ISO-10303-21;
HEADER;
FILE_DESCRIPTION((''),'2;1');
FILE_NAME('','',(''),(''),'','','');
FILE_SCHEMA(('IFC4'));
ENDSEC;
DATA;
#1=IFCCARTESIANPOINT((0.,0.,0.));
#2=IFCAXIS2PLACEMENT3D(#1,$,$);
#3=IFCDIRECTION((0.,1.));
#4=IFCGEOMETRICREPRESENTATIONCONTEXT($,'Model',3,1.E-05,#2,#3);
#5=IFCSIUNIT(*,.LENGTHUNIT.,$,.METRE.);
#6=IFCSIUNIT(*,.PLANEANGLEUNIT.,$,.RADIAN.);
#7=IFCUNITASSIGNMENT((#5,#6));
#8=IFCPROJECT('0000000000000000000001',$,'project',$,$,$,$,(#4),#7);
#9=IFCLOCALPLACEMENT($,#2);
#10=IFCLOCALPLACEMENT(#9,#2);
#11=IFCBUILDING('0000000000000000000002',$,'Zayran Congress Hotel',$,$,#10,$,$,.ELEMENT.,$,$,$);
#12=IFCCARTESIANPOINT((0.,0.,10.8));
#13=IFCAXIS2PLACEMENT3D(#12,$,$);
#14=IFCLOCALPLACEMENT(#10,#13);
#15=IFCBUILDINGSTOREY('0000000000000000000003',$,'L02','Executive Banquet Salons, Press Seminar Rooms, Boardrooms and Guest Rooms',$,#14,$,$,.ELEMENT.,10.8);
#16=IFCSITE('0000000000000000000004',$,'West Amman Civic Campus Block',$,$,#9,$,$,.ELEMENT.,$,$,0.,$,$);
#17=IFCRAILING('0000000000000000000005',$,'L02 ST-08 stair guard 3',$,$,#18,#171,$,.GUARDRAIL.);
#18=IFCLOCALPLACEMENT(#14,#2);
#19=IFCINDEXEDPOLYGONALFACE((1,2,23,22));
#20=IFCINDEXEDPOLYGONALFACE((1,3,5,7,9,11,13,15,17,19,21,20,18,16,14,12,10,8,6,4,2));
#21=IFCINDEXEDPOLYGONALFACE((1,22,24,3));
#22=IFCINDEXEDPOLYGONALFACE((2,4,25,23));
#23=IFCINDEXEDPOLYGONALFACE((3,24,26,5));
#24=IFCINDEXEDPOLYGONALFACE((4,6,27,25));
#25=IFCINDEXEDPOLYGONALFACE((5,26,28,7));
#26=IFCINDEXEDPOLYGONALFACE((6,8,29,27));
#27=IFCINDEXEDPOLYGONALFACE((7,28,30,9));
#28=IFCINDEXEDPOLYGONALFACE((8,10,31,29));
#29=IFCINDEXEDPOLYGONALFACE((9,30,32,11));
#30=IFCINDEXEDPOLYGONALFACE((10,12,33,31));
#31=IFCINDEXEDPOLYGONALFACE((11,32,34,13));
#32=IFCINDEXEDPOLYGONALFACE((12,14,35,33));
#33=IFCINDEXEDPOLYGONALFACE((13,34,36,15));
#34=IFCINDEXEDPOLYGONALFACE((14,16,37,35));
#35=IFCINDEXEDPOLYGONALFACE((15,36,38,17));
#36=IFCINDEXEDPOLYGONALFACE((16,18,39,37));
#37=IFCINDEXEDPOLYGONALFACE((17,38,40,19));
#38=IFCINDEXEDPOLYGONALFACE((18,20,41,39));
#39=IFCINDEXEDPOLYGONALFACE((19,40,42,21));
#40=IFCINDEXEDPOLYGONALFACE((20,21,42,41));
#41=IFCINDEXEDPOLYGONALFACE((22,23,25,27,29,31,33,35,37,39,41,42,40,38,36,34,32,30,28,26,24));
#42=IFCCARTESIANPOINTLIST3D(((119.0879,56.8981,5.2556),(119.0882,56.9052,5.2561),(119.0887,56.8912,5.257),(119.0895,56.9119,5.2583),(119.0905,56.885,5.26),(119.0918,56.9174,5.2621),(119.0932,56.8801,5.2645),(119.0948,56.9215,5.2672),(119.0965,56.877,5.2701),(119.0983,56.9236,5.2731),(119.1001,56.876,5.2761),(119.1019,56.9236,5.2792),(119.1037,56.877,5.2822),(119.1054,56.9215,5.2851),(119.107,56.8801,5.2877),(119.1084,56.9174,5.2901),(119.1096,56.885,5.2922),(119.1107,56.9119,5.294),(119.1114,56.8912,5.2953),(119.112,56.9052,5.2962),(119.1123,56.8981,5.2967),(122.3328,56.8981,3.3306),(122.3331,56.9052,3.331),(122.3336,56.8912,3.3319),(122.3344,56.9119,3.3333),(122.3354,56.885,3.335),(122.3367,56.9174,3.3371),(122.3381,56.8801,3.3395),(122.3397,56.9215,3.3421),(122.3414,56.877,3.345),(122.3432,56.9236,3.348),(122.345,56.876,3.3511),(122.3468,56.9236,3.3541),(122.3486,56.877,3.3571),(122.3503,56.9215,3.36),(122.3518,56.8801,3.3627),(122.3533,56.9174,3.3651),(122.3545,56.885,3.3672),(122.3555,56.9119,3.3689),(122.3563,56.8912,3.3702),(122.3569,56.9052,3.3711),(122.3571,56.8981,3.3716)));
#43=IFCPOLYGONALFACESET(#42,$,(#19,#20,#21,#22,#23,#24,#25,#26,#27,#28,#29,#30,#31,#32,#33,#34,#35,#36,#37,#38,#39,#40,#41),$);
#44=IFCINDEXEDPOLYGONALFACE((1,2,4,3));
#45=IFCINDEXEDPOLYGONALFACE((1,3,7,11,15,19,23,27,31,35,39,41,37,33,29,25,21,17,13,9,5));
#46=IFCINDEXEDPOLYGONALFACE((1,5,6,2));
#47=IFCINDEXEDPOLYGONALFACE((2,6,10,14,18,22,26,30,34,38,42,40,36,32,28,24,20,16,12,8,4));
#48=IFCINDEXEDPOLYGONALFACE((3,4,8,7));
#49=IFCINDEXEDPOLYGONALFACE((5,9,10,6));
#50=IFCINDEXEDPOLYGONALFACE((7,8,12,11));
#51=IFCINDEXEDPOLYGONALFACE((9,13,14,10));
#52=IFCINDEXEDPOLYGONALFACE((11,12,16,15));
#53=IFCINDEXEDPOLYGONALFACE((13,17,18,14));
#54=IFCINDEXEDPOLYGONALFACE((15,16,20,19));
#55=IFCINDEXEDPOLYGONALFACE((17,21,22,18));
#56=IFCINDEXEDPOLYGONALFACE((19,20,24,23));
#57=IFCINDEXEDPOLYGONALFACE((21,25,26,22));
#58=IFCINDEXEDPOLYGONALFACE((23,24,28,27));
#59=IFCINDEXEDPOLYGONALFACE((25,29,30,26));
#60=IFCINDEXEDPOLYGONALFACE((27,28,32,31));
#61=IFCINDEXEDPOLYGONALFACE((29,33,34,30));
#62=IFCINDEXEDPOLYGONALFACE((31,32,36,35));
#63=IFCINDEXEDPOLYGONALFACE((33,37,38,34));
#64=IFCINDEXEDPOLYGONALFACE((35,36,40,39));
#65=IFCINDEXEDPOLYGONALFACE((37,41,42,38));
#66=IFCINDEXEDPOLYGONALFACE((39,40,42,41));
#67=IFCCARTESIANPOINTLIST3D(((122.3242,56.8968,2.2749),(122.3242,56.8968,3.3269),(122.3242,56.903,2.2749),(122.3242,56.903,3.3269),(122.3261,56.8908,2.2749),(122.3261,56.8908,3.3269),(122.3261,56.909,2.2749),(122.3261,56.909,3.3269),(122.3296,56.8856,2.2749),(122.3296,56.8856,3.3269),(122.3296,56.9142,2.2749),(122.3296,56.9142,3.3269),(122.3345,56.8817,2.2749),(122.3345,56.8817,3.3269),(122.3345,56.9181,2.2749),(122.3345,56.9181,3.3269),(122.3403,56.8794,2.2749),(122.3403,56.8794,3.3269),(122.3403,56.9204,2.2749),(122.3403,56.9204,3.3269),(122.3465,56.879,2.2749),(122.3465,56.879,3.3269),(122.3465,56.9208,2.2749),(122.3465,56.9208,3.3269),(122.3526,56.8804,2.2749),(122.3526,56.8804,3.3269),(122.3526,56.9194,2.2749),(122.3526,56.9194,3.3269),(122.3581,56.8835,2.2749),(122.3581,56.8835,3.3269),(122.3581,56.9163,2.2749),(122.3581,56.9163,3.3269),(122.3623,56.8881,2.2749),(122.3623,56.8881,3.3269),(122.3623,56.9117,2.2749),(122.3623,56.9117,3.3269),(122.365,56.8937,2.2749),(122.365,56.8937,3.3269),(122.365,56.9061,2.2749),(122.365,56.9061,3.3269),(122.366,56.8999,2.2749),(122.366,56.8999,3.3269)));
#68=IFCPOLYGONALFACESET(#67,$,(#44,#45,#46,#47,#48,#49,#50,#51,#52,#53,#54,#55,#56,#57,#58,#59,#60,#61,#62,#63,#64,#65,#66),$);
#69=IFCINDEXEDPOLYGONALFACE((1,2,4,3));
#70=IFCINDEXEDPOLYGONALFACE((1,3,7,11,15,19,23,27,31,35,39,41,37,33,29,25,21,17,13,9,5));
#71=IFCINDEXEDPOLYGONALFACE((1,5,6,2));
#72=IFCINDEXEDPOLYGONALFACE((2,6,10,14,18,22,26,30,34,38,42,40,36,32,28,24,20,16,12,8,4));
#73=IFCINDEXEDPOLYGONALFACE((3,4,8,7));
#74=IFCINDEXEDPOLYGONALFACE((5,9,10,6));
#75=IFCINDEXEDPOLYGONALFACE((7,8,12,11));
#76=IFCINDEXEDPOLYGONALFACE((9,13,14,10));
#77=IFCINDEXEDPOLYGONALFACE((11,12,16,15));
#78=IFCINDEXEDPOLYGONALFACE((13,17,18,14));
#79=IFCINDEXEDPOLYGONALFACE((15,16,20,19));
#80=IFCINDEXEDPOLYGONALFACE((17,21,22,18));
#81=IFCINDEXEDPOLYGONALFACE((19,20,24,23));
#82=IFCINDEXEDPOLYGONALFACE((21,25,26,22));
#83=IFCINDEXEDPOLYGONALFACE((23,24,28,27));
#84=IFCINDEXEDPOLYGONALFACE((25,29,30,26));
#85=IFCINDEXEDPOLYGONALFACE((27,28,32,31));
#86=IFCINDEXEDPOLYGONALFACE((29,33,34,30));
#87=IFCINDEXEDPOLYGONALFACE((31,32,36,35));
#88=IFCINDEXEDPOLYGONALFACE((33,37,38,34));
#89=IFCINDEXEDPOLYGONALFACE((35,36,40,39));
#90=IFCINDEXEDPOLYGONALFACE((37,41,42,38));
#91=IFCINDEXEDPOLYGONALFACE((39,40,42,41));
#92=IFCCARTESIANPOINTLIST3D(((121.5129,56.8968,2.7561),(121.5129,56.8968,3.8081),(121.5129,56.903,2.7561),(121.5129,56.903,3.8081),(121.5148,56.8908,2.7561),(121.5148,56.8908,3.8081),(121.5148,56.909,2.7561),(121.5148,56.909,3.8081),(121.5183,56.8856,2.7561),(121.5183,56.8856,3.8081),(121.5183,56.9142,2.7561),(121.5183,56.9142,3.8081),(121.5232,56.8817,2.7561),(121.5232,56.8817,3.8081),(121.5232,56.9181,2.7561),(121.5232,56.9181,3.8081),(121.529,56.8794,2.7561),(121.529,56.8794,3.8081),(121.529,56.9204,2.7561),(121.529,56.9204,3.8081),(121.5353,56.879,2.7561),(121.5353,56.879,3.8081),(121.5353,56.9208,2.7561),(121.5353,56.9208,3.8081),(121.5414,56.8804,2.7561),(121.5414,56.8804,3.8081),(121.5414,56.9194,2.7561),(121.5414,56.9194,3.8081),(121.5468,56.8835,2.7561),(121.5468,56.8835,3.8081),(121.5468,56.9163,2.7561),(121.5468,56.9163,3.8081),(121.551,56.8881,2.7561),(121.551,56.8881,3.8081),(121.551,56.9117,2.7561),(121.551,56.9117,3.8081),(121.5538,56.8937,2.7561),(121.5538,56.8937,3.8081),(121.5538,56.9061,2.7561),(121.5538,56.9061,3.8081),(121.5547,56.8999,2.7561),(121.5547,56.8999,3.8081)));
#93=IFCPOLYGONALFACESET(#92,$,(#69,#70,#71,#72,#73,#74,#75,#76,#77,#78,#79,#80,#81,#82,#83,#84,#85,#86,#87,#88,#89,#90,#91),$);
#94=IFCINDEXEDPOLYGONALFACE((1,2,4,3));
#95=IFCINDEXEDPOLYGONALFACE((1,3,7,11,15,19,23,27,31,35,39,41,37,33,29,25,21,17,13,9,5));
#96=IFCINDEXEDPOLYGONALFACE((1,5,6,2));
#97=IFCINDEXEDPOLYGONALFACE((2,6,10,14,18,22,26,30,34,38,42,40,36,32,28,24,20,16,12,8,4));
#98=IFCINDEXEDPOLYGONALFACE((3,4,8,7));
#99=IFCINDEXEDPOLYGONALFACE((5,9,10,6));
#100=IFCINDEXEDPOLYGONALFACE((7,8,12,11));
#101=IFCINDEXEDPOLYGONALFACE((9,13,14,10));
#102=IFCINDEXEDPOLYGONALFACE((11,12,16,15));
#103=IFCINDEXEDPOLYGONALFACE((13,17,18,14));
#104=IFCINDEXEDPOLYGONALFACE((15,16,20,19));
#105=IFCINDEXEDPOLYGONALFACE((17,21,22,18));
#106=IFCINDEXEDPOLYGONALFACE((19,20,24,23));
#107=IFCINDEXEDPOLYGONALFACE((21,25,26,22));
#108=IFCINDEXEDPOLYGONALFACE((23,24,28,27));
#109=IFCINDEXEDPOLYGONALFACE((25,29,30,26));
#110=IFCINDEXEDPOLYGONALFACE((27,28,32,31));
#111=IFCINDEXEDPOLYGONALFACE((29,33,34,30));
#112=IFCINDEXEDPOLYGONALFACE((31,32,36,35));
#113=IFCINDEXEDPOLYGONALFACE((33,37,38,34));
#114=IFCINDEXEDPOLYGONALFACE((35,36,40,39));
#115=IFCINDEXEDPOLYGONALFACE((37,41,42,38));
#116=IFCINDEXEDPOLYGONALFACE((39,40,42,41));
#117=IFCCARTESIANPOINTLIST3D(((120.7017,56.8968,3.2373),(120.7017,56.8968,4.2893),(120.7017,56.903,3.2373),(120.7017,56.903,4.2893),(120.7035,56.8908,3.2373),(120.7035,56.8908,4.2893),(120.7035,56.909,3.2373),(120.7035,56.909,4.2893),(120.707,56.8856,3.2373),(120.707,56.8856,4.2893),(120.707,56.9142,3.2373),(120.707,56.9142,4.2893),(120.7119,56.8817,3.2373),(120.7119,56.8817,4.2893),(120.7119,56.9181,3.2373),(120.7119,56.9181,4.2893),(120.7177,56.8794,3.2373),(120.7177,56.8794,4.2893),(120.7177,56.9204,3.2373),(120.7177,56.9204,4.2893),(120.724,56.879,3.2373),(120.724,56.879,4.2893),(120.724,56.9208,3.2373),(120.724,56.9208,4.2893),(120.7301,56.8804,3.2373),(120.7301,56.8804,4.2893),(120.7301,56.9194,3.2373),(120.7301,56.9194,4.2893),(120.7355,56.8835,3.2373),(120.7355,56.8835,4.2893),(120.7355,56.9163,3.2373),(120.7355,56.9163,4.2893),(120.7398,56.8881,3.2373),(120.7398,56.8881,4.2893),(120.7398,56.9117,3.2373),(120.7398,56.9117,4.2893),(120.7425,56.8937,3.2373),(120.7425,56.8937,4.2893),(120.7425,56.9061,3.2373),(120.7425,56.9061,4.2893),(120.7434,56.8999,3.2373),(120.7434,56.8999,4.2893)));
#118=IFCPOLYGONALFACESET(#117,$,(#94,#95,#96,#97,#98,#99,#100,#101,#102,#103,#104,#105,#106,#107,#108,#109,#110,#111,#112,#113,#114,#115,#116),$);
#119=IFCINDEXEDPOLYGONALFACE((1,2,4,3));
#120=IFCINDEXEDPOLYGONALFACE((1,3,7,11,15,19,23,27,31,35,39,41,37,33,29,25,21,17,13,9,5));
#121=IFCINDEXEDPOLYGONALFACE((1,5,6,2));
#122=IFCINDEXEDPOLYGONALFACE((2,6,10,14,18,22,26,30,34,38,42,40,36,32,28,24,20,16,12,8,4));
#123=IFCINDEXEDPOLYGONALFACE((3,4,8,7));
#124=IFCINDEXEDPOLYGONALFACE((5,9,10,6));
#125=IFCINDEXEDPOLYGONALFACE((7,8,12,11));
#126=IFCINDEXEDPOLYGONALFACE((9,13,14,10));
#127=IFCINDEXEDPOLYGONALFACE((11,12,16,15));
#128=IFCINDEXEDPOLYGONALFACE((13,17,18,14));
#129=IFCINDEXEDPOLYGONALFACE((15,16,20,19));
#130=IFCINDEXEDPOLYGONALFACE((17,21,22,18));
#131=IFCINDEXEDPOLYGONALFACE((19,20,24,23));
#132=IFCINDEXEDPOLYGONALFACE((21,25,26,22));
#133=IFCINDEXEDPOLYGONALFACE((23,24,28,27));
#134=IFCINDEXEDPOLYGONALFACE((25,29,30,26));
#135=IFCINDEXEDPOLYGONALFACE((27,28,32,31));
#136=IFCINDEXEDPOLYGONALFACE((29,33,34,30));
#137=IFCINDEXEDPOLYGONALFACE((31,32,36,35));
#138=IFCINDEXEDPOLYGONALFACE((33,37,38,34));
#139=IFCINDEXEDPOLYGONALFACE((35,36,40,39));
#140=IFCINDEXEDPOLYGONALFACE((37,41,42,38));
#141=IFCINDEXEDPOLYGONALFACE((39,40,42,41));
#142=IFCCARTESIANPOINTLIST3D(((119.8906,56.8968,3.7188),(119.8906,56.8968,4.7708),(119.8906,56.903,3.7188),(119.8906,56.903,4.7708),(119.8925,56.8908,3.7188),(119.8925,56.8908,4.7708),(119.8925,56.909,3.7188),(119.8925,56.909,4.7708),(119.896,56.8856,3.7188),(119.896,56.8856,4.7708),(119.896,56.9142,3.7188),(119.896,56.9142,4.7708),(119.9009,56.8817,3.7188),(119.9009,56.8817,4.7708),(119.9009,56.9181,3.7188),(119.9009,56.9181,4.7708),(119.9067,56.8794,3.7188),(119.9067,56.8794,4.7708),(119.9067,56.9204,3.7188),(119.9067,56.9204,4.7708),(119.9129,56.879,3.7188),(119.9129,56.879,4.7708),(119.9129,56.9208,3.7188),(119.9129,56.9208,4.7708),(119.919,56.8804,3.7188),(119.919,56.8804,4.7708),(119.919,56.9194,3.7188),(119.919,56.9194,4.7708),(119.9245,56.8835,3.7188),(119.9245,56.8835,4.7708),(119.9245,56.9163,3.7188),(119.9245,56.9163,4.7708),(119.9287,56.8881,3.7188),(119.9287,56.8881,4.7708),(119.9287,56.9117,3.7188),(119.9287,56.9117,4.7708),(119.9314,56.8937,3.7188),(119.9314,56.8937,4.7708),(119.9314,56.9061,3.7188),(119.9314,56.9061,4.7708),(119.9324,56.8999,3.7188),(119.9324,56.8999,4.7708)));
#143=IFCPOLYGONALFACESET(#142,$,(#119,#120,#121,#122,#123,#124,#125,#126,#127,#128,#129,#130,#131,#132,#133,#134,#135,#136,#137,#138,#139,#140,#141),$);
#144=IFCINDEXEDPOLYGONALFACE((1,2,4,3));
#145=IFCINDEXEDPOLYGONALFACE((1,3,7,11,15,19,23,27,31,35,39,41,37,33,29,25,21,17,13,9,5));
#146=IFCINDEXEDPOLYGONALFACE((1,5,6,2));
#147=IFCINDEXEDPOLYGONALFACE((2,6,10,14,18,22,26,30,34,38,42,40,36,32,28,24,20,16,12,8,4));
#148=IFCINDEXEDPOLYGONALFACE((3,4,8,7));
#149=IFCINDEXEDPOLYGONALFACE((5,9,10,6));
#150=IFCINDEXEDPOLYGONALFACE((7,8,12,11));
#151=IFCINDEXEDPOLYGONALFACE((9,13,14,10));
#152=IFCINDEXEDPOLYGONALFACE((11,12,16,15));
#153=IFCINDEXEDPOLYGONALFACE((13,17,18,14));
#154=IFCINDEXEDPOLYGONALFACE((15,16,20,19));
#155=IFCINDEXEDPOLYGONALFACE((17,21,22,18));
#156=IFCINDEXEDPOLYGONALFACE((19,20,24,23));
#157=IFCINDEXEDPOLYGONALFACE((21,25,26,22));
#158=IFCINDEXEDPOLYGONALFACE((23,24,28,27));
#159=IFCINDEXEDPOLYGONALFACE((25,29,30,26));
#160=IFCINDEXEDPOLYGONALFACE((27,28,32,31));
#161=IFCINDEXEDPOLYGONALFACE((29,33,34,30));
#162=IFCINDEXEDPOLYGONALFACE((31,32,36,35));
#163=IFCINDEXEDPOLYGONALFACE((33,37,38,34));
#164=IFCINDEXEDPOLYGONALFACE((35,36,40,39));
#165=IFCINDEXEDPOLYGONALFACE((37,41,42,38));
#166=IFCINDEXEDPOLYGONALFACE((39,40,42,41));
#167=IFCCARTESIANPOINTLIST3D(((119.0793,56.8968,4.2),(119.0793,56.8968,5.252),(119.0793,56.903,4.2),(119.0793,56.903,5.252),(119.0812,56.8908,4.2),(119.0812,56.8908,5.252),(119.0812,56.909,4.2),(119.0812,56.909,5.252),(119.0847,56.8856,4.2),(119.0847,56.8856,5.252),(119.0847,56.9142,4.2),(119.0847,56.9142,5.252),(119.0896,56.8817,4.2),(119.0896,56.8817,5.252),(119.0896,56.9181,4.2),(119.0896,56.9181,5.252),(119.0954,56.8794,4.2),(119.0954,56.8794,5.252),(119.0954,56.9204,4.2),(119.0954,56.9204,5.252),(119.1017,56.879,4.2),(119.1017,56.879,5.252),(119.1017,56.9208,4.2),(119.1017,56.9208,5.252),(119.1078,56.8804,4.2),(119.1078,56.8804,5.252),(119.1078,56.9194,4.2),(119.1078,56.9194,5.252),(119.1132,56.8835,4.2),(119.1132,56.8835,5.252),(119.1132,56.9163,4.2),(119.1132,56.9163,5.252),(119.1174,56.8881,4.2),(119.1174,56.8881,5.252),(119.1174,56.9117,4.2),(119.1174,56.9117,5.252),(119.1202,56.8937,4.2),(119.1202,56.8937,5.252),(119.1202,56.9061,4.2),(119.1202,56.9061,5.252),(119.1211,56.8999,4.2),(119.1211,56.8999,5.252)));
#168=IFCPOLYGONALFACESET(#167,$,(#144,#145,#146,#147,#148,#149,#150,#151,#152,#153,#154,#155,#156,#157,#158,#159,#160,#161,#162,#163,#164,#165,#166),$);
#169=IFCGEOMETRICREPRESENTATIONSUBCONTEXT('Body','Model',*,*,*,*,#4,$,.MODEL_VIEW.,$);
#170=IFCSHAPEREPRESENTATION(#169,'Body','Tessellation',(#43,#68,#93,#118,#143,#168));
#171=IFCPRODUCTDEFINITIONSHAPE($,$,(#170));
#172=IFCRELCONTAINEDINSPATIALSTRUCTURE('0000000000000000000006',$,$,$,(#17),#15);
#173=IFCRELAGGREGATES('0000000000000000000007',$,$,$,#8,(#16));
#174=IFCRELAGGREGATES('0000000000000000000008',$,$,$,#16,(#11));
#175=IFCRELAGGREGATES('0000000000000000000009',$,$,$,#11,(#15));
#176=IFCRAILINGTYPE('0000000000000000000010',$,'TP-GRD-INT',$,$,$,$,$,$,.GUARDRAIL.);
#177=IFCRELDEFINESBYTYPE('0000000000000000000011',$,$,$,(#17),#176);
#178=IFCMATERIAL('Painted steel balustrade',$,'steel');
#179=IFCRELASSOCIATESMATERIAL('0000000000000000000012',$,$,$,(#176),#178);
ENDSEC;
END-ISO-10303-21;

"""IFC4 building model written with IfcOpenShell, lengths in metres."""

from ifc_helpers import new_model, si_unit, direction, frame, origin, origin_2d, place, context, subcontext, project, spatial, circle, extrude, material, type_object, element, save


model = new_model("IFC4")

# Units and contexts
model_context = context("Model", 3, precision=1e-05, world=origin(), true_north=direction((0.0, 1.0)))
body_context = subcontext(model_context, "Body", "Model", "MODEL_VIEW")
ifc_project = project(units=[si_unit("LENGTHUNIT", "METRE"), si_unit("PLANEANGLEUNIT", "RADIAN")], contexts=[model_context])

# Site, building, storey
site_placement = place(None, origin())
site = spatial("IfcSite", under=ifc_project, at=site_placement, Name="West Amman Civic Campus Block", CompositionType="ELEMENT", RefElevation=0.0)
building_placement = place(site_placement, origin())
building = spatial("IfcBuilding", under=site, at=building_placement, Name="Zayran Congress Hotel", CompositionType="ELEMENT")
storey_placement = place(building_placement, frame((0.0, 0.0, 10.8)))
storey = spatial("IfcBuildingStorey", under=building, at=storey_placement, Name="L02", Description="Executive Banquet Salons, Press Seminar Rooms, Boardrooms and Guest Rooms", CompositionType="ELEMENT", Elevation=10.8)

# Railing
ifc_material_1 = material(Name="Painted steel balustrade", Category="steel")
railing_type_1 = type_object("IfcRailingType", Name="TP-GRD-INT", PredefinedType="GUARDRAIL", material=ifc_material_1)
railing_1_placement = place(storey_placement, frame((122.345, 56.8999, 2.2749)))
element("IfcRailing", 1, at=railing_1_placement, inside=storey, type_object=railing_type_1, Name="L02 ST-08 stair guard 3", PredefinedType="GUARDRAIL", context=body_context, shape_type="SweptSolid", body=[
    extrude(circle(Radius=0.0239, at=origin_2d()), frame((0.0, 0.0, 1.0762), z_axis=(-0.86004, 0.0, 0.510226), x_axis=(0.0, -1.0, 0.0)), (0.0, 0.0, 1.0), 3.7729),
    extrude(circle(Radius=0.021, at=origin_2d()), origin(), (0.0, 0.0, 1.0), 1.052),
    extrude(circle(Radius=0.021, at=origin_2d()), frame((-0.8113, 0.0, 0.4812)), (0.0, 0.0, 1.0), 1.052),
    extrude(circle(Radius=0.021, at=origin_2d()), frame((-1.6226, 0.0, 0.9624)), (0.0, 0.0, 1.0), 1.052),
    extrude(circle(Radius=0.021, at=origin_2d()), frame((-2.4336, 0.0, 1.4438)), (0.0, 0.0, 1.0), 1.052),
    extrude(circle(Radius=0.021, at=origin_2d()), frame((-3.2449, 0.0, 1.925)), (0.0, 0.0, 1.0), 1.052),
])

save(model, "model.ifc")
